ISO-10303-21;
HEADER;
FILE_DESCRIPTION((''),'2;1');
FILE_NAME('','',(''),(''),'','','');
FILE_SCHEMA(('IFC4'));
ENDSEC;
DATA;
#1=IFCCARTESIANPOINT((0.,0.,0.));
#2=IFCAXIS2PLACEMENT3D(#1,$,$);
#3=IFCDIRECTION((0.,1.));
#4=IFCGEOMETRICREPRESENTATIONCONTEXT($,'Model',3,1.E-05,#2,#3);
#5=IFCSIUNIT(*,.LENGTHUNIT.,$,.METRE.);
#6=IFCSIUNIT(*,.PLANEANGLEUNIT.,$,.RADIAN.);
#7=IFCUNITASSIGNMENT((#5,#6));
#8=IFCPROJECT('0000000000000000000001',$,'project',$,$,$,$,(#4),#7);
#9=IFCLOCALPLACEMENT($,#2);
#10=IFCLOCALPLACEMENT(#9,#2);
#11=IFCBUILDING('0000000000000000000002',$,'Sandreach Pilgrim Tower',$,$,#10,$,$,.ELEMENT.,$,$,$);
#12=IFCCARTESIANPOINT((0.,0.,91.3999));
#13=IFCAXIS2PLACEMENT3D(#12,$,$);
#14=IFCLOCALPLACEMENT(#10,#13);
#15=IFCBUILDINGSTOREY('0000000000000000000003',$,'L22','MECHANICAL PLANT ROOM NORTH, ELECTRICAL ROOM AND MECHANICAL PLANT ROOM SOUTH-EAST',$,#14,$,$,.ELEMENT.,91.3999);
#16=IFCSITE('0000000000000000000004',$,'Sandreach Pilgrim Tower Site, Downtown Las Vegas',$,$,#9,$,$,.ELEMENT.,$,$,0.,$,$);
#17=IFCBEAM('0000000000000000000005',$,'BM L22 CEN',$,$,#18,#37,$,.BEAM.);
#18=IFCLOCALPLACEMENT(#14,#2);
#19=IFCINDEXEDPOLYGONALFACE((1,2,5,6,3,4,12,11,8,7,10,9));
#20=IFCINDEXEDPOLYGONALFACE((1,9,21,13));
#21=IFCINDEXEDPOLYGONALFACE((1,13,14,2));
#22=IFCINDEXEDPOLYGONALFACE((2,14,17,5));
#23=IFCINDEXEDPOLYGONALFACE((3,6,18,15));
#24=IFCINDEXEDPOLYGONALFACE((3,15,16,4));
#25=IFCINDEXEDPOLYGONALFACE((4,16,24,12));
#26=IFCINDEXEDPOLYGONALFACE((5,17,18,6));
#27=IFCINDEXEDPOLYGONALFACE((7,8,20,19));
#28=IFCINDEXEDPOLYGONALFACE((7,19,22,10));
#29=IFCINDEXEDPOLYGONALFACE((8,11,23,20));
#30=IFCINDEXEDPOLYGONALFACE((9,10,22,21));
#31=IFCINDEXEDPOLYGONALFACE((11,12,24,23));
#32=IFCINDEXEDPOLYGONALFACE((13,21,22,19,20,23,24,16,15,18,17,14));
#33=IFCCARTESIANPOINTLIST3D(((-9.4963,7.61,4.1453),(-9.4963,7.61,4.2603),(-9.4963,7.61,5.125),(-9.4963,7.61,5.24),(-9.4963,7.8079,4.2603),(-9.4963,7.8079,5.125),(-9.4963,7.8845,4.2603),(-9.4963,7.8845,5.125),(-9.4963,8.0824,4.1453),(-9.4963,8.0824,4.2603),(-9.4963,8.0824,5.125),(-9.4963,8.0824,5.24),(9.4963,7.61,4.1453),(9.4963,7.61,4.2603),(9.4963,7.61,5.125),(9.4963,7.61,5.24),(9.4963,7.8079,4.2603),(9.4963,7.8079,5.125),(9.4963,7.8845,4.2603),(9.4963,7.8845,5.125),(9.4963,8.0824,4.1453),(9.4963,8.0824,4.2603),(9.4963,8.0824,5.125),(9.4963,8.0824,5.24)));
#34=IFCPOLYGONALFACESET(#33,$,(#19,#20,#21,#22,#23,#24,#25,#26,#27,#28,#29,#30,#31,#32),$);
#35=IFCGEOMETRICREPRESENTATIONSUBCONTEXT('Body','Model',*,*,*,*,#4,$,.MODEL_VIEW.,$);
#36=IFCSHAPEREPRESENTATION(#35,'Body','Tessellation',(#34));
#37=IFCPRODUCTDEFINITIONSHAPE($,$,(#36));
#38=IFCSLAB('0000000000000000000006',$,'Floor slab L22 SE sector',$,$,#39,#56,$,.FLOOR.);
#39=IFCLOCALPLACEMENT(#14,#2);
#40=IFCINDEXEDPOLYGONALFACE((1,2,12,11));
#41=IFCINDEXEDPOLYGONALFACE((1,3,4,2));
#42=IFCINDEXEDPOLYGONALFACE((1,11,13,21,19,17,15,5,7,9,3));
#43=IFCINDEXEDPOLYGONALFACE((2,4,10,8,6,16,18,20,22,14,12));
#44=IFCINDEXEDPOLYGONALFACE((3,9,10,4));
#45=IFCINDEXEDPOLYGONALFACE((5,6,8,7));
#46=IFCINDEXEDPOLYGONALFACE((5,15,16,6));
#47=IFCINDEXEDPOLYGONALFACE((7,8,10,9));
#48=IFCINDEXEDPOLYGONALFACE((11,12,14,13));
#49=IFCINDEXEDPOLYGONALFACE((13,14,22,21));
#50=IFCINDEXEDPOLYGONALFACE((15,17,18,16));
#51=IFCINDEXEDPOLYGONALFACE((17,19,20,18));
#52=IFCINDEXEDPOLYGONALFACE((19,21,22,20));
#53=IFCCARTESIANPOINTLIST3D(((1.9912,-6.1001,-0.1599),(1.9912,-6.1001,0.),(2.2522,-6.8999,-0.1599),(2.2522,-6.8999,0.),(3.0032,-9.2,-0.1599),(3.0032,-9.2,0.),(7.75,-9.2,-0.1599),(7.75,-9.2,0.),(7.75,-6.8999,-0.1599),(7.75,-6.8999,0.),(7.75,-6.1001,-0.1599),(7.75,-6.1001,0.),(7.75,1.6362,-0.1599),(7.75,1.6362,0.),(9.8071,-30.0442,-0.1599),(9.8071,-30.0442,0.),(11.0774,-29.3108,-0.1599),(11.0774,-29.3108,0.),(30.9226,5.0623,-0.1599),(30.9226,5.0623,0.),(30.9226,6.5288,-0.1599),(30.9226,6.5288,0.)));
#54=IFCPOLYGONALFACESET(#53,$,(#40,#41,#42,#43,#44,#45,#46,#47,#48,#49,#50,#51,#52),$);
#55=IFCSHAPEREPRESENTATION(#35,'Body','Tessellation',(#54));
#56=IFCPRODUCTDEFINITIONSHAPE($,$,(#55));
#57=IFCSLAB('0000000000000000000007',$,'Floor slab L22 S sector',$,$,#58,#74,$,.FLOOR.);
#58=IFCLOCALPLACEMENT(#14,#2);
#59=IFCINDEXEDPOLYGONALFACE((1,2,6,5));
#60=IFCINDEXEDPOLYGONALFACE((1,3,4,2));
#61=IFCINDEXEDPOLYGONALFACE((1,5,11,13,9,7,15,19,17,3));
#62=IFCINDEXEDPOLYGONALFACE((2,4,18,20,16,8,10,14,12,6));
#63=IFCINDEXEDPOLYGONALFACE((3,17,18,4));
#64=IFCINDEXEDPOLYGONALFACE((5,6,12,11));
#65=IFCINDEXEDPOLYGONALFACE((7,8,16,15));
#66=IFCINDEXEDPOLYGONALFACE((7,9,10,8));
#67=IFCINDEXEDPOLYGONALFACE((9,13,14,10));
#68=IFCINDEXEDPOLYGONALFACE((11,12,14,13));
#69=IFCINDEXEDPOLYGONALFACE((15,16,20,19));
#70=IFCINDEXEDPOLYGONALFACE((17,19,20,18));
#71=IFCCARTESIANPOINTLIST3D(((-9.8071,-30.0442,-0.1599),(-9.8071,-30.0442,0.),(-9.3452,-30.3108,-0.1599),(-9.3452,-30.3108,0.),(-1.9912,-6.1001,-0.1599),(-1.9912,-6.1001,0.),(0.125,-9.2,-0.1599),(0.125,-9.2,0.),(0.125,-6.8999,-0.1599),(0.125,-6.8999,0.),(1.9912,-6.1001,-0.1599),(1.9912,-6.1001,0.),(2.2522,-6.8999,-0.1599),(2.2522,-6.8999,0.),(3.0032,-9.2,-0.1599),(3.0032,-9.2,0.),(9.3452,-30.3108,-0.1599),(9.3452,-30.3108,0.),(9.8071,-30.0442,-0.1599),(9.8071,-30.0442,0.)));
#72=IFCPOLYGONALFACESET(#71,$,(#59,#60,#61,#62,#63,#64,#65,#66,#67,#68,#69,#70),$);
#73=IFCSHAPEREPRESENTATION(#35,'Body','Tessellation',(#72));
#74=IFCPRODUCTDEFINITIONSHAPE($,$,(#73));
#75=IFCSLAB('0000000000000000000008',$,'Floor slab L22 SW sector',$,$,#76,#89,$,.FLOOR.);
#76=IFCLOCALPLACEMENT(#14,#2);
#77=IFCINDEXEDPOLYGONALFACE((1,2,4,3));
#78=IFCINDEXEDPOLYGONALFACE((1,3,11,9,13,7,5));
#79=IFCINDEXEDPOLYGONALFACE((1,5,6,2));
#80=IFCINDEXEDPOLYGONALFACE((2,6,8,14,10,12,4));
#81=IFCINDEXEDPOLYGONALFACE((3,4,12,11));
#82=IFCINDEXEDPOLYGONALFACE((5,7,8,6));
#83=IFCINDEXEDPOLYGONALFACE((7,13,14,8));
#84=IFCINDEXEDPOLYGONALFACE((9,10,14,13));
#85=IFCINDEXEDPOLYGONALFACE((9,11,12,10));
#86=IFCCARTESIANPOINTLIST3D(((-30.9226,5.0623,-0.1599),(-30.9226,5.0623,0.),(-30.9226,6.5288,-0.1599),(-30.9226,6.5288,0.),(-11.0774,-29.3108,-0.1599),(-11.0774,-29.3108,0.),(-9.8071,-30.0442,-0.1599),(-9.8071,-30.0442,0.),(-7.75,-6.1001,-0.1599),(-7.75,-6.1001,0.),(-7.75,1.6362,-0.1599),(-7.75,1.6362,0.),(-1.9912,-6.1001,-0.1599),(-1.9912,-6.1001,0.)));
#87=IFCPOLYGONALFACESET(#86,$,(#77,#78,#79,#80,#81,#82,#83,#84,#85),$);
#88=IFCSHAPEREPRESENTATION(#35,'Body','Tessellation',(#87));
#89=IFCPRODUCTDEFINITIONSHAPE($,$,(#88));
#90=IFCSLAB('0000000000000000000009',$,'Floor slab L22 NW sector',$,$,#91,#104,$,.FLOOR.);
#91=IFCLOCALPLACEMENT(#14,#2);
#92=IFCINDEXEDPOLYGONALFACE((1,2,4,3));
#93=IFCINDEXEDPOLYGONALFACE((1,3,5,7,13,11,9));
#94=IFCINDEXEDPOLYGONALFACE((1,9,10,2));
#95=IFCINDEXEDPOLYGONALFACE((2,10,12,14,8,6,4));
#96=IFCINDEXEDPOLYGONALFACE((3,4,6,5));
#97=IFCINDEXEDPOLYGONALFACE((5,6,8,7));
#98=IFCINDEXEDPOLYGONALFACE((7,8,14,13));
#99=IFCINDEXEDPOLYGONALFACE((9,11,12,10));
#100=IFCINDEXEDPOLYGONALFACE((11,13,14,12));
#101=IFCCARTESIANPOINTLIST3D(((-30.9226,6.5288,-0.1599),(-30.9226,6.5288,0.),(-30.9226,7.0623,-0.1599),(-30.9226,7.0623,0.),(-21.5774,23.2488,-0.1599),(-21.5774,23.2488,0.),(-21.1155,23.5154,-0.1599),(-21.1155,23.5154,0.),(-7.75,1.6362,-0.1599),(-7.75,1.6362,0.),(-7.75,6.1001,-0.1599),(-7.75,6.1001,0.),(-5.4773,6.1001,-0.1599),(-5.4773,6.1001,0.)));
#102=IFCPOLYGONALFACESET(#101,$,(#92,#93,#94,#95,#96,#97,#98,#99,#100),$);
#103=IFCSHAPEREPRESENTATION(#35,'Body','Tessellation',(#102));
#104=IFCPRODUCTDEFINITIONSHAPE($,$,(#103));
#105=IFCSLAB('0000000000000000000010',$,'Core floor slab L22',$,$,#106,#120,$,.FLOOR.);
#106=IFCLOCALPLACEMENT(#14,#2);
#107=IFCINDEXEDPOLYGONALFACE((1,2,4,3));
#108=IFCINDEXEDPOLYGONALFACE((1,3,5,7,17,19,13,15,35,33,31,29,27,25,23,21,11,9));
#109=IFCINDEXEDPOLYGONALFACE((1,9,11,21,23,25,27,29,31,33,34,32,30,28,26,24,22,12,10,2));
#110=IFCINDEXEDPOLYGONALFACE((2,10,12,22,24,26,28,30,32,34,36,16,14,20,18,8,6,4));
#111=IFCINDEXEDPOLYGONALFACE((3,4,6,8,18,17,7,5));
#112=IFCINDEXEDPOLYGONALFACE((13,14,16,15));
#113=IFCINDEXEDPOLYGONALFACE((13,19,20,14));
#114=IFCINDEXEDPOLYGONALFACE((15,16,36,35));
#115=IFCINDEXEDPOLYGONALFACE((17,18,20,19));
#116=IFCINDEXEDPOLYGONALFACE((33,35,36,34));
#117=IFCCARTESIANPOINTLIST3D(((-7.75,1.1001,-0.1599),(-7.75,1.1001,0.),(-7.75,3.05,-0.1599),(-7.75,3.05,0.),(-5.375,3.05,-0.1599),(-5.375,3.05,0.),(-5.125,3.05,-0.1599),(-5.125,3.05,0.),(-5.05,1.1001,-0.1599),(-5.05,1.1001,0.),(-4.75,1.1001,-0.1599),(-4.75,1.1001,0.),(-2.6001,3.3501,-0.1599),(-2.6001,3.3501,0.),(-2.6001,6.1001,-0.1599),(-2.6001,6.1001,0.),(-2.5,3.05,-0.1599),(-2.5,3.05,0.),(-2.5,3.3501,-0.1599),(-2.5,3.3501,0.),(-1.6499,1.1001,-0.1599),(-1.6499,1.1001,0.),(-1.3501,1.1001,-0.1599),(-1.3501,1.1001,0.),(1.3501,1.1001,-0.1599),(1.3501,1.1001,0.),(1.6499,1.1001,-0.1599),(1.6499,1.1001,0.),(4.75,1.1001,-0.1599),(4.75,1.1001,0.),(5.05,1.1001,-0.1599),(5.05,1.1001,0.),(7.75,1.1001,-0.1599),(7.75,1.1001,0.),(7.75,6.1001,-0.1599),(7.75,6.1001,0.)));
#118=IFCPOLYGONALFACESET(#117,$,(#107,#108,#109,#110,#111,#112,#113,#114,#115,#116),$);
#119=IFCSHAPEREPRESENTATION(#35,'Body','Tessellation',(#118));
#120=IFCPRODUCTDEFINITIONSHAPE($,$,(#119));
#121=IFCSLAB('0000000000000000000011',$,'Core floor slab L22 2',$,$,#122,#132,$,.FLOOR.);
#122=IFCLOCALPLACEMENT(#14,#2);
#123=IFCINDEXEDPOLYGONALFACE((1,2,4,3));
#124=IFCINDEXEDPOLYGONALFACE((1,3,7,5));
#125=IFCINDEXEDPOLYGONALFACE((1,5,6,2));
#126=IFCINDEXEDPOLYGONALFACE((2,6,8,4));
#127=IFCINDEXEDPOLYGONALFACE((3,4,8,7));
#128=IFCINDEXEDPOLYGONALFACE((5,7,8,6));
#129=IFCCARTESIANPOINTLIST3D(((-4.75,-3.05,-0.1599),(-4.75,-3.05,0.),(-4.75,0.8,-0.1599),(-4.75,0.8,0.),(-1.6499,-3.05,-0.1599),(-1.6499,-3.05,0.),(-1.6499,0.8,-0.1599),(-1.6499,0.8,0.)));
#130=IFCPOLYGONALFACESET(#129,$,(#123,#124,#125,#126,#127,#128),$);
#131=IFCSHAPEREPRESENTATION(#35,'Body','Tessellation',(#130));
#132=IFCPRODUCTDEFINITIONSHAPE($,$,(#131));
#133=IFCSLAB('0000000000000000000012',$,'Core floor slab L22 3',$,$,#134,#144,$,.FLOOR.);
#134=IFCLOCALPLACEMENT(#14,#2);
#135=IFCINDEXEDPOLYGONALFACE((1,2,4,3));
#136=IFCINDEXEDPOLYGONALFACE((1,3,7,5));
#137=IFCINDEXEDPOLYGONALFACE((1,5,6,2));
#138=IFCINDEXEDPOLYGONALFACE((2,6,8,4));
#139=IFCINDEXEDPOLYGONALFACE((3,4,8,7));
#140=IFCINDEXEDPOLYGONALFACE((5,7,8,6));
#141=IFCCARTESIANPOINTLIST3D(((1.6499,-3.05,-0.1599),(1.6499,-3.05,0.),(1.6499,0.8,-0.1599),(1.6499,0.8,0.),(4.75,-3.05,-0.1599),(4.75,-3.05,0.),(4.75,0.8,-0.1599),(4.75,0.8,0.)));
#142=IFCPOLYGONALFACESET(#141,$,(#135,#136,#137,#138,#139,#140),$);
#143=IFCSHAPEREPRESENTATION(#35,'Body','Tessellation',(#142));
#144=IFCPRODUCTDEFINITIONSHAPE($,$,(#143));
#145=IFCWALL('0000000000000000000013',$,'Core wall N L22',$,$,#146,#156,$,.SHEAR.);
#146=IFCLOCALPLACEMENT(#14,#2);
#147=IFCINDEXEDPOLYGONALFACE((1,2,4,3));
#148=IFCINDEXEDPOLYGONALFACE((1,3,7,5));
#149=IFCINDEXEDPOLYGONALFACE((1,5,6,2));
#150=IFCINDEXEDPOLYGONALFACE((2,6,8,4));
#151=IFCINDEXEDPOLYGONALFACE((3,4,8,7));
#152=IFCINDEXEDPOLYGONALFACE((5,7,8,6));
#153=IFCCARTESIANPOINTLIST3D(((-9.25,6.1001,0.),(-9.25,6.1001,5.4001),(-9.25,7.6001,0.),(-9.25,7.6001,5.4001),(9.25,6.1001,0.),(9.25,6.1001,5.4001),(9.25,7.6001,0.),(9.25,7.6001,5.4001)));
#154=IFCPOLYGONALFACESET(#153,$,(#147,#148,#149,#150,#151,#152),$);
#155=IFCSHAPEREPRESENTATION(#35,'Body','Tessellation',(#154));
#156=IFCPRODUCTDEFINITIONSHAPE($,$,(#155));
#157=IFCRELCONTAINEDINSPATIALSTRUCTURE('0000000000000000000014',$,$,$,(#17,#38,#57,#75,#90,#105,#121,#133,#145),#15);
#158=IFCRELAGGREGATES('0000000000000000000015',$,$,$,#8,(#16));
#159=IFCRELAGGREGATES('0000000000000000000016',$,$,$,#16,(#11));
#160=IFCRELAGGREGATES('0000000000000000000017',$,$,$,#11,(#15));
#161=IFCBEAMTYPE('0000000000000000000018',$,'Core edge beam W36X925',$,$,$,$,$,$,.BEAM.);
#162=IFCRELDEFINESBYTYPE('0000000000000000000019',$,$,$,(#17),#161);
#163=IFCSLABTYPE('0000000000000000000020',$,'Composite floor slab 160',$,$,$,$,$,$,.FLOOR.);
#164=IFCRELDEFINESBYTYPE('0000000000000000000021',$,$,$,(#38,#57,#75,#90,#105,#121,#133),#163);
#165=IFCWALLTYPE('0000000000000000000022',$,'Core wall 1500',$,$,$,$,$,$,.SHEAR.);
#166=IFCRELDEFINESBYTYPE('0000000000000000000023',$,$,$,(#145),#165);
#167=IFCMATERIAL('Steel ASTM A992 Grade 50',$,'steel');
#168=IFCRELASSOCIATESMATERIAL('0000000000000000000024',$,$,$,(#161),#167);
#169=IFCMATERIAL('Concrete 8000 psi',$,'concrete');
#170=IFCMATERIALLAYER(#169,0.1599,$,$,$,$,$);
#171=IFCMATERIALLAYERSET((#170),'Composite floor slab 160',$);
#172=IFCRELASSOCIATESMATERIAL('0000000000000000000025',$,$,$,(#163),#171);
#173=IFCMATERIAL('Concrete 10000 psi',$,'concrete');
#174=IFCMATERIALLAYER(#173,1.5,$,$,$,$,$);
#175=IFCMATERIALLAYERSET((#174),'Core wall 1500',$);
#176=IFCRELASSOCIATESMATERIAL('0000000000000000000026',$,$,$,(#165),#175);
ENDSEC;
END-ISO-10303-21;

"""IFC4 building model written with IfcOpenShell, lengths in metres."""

from ifc_helpers import new_model, si_unit, direction, frame, frame_2d, origin, origin_2d, place, context, subcontext, project, spatial, polyline, rectangle, i_section, outline, extrude, material, layer, layer_set, material_profile, profile_set, type_object, element, save


model = new_model("IFC4")

# Units and contexts
model_context = context("Model", 3, precision=1e-05, world=origin(), true_north=direction((0.0, 1.0)))
body_context = subcontext(model_context, "Body", "Model", "MODEL_VIEW")
ifc_project = project(units=[si_unit("LENGTHUNIT", "METRE"), si_unit("PLANEANGLEUNIT", "RADIAN")], contexts=[model_context])

# Site, building, storey
site_placement = place(None, origin())
site = spatial("IfcSite", under=ifc_project, at=site_placement, Name="Sandreach Pilgrim Tower Site, Downtown Las Vegas", CompositionType="ELEMENT", RefElevation=0.0)
building_placement = place(site_placement, origin())
building = spatial("IfcBuilding", under=site, at=building_placement, Name="Sandreach Pilgrim Tower", CompositionType="ELEMENT")
storey_placement = place(building_placement, frame((0.0, 0.0, 91.3999)))
storey = spatial("IfcBuildingStorey", under=building, at=storey_placement, Name="L22", Description="MECHANICAL PLANT ROOM NORTH, ELECTRICAL ROOM AND MECHANICAL PLANT ROOM SOUTH-EAST", CompositionType="ELEMENT", Elevation=91.3999)

# Beam
ifc_material_1 = material(Name="Steel ASTM A992 Grade 50", Category="steel")
ifc_material_profile = material_profile(ifc_material_1, i_section(OverallWidth=0.4724, OverallDepth=1.0947, WebThickness=0.0767, FlangeThickness=0.115, at=origin_2d()), Name="W36X925")
ifc_profile_set = profile_set([ifc_material_profile], Name="Steel ASTM A992 Grade 50")
beam_type = type_object("IfcBeamType", Name="Core edge beam W36X925", PredefinedType="BEAM", material=ifc_profile_set)
beam_placement = place(storey_placement, frame((-9.4963, 7.8462, 4.6926), z_axis=(1.0, 0.0, 0.0), x_axis=(0.0, 1.0, 0.0)))
element("IfcBeam", 1, at=beam_placement, inside=storey, type_object=beam_type, Name="BM L22 CEN", PredefinedType="BEAM", context=body_context, shape_type="SweptSolid", body=[
    extrude(i_section(OverallWidth=0.4724, OverallDepth=1.0947, WebThickness=0.0767, FlangeThickness=0.115, at=origin_2d()), origin(), (0.0, 0.0, 1.0), 18.9927),
])

# Slabs
ifc_material_2 = material(Name="Concrete 8000 psi", Category="concrete")
ifc_layer_1 = layer(ifc_material_2, 0.1599)
ifc_layer_set_1 = layer_set([ifc_layer_1], Name="Composite floor slab 160")
slab_type = type_object("IfcSlabType", Name="Composite floor slab 160", PredefinedType="FLOOR", material=ifc_layer_set_1)
slab_1_placement = place(storey_placement, frame((0.0, 0.0, -0.1599)))
element("IfcSlab", 2, at=slab_1_placement, inside=storey, type_object=slab_type, Name="Floor slab L22 SE sector", PredefinedType="FLOOR", context=body_context, shape_type="SweptSolid", body=[
    extrude(outline(polyline([(30.9226, 5.0623), (11.0774, -29.3108), (9.8071, -30.0442), (3.0032, -9.2), (7.75, -9.2), (7.75, -6.8999), (2.2522, -6.8999), (1.9912, -6.1001), (7.75, -6.1001), (7.75, 1.6362), (30.9226, 6.5288), (30.9226, 5.0623)])), origin(), (0.0, 0.0, 1.0), 0.1599),
])
slab_2_placement = place(storey_placement, frame((0.0, 0.0, -0.1599)))
element("IfcSlab", 3, at=slab_2_placement, inside=storey, type_object=slab_type, Name="Floor slab L22 S sector", PredefinedType="FLOOR", context=body_context, shape_type="SweptSolid", body=[
    extrude(outline(polyline([(9.3452, -30.3108), (-9.3452, -30.3108), (-9.8071, -30.0442), (-1.9912, -6.1001), (1.9912, -6.1001), (2.2522, -6.8999), (0.125, -6.8999), (0.125, -9.2), (3.0032, -9.2), (9.8071, -30.0442), (9.3452, -30.3108)])), origin(), (0.0, 0.0, 1.0), 0.1599),
])
slab_3_placement = place(storey_placement, frame((0.0, 0.0, -0.1599)))
element("IfcSlab", 4, at=slab_3_placement, inside=storey, type_object=slab_type, Name="Floor slab L22 SW sector", PredefinedType="FLOOR", context=body_context, shape_type="SweptSolid", body=[
    extrude(outline(polyline([(-11.0774, -29.3108), (-30.9226, 5.0623), (-30.9226, 6.5288), (-7.75, 1.6362), (-7.75, -6.1001), (-1.9912, -6.1001), (-9.8071, -30.0442), (-11.0774, -29.3108)])), origin(), (0.0, 0.0, 1.0), 0.1599),
])
slab_4_placement = place(storey_placement, frame((0.0, 0.0, -0.1599)))
element("IfcSlab", 5, at=slab_4_placement, inside=storey, type_object=slab_type, Name="Floor slab L22 NW sector", PredefinedType="FLOOR", context=body_context, shape_type="SweptSolid", body=[
    extrude(outline(polyline([(-30.9226, 7.0623), (-21.5774, 23.2488), (-21.1155, 23.5154), (-5.4773, 6.1001), (-7.75, 6.1001), (-7.75, 1.6362), (-30.9226, 6.5288), (-30.9226, 7.0623)])), origin(), (0.0, 0.0, 1.0), 0.1599),
])
slab_5_placement = place(storey_placement, frame((0.0, 0.0, -0.1599)))
element("IfcSlab", 6, at=slab_5_placement, inside=storey, type_object=slab_type, Name="Core floor slab L22", PredefinedType="FLOOR", context=body_context, shape_type="SweptSolid", body=[
    extrude(outline(polyline([(-7.75, 3.05), (-5.375, 3.05), (-5.125, 3.05), (-2.5, 3.05), (-2.5, 3.3501), (-2.6001, 3.3501), (-2.6001, 6.1001), (7.75, 6.1001), (7.75, 1.1001), (5.05, 1.1001), (4.75, 1.1001), (1.6499, 1.1001), (1.3501, 1.1001), (-1.3501, 1.1001), (-1.6499, 1.1001), (-4.75, 1.1001), (-5.05, 1.1001), (-7.75, 1.1001), (-7.75, 3.05)])), origin(), (0.0, 0.0, 1.0), 0.1599),
])
slab_6_placement = place(storey_placement, frame((0.0, 0.0, -0.1599)))
element("IfcSlab", 7, at=slab_6_placement, inside=storey, type_object=slab_type, Name="Core floor slab L22 2", PredefinedType="FLOOR", context=body_context, shape_type="SweptSolid", body=[
    extrude(outline(polyline([(-1.6499, -3.05), (-4.75, -3.05), (-4.75, 0.8), (-1.6499, 0.8), (-1.6499, -3.05)])), origin(), (0.0, 0.0, 1.0), 0.1599),
])
slab_7_placement = place(storey_placement, frame((0.0, 0.0, -0.1599)))
element("IfcSlab", 8, at=slab_7_placement, inside=storey, type_object=slab_type, Name="Core floor slab L22 3", PredefinedType="FLOOR", context=body_context, shape_type="SweptSolid", body=[
    extrude(outline(polyline([(4.75, -3.05), (1.6499, -3.05), (1.6499, 0.8), (4.75, 0.8), (4.75, -3.05)])), origin(), (0.0, 0.0, 1.0), 0.1599),
])

# Wall
ifc_material_3 = material(Name="Concrete 10000 psi", Category="concrete")
ifc_layer_2 = layer(ifc_material_3, 1.5)
ifc_layer_set_2 = layer_set([ifc_layer_2], Name="Core wall 1500")
wall_type_1 = type_object("IfcWallType", Name="Core wall 1500", PredefinedType="SHEAR", material=ifc_layer_set_2)
wall_1_placement = place(storey_placement, frame((-9.25, 6.8501, 0.0), z_axis=(0.0, 0.0, 1.0), x_axis=(1.0, 0.0, 0.0)))
element("IfcWall", 9, at=wall_1_placement, inside=storey, type_object=wall_type_1, Name="Core wall N L22", PredefinedType="SHEAR", context=body_context, shape_type="SweptSolid", body=[
    extrude(rectangle(XDim=18.5, YDim=1.5, at=frame_2d((9.25, 0.0))), origin(), (0.0, 0.0, 1.0), 5.4001),
])

save(model, "model.ifc")
